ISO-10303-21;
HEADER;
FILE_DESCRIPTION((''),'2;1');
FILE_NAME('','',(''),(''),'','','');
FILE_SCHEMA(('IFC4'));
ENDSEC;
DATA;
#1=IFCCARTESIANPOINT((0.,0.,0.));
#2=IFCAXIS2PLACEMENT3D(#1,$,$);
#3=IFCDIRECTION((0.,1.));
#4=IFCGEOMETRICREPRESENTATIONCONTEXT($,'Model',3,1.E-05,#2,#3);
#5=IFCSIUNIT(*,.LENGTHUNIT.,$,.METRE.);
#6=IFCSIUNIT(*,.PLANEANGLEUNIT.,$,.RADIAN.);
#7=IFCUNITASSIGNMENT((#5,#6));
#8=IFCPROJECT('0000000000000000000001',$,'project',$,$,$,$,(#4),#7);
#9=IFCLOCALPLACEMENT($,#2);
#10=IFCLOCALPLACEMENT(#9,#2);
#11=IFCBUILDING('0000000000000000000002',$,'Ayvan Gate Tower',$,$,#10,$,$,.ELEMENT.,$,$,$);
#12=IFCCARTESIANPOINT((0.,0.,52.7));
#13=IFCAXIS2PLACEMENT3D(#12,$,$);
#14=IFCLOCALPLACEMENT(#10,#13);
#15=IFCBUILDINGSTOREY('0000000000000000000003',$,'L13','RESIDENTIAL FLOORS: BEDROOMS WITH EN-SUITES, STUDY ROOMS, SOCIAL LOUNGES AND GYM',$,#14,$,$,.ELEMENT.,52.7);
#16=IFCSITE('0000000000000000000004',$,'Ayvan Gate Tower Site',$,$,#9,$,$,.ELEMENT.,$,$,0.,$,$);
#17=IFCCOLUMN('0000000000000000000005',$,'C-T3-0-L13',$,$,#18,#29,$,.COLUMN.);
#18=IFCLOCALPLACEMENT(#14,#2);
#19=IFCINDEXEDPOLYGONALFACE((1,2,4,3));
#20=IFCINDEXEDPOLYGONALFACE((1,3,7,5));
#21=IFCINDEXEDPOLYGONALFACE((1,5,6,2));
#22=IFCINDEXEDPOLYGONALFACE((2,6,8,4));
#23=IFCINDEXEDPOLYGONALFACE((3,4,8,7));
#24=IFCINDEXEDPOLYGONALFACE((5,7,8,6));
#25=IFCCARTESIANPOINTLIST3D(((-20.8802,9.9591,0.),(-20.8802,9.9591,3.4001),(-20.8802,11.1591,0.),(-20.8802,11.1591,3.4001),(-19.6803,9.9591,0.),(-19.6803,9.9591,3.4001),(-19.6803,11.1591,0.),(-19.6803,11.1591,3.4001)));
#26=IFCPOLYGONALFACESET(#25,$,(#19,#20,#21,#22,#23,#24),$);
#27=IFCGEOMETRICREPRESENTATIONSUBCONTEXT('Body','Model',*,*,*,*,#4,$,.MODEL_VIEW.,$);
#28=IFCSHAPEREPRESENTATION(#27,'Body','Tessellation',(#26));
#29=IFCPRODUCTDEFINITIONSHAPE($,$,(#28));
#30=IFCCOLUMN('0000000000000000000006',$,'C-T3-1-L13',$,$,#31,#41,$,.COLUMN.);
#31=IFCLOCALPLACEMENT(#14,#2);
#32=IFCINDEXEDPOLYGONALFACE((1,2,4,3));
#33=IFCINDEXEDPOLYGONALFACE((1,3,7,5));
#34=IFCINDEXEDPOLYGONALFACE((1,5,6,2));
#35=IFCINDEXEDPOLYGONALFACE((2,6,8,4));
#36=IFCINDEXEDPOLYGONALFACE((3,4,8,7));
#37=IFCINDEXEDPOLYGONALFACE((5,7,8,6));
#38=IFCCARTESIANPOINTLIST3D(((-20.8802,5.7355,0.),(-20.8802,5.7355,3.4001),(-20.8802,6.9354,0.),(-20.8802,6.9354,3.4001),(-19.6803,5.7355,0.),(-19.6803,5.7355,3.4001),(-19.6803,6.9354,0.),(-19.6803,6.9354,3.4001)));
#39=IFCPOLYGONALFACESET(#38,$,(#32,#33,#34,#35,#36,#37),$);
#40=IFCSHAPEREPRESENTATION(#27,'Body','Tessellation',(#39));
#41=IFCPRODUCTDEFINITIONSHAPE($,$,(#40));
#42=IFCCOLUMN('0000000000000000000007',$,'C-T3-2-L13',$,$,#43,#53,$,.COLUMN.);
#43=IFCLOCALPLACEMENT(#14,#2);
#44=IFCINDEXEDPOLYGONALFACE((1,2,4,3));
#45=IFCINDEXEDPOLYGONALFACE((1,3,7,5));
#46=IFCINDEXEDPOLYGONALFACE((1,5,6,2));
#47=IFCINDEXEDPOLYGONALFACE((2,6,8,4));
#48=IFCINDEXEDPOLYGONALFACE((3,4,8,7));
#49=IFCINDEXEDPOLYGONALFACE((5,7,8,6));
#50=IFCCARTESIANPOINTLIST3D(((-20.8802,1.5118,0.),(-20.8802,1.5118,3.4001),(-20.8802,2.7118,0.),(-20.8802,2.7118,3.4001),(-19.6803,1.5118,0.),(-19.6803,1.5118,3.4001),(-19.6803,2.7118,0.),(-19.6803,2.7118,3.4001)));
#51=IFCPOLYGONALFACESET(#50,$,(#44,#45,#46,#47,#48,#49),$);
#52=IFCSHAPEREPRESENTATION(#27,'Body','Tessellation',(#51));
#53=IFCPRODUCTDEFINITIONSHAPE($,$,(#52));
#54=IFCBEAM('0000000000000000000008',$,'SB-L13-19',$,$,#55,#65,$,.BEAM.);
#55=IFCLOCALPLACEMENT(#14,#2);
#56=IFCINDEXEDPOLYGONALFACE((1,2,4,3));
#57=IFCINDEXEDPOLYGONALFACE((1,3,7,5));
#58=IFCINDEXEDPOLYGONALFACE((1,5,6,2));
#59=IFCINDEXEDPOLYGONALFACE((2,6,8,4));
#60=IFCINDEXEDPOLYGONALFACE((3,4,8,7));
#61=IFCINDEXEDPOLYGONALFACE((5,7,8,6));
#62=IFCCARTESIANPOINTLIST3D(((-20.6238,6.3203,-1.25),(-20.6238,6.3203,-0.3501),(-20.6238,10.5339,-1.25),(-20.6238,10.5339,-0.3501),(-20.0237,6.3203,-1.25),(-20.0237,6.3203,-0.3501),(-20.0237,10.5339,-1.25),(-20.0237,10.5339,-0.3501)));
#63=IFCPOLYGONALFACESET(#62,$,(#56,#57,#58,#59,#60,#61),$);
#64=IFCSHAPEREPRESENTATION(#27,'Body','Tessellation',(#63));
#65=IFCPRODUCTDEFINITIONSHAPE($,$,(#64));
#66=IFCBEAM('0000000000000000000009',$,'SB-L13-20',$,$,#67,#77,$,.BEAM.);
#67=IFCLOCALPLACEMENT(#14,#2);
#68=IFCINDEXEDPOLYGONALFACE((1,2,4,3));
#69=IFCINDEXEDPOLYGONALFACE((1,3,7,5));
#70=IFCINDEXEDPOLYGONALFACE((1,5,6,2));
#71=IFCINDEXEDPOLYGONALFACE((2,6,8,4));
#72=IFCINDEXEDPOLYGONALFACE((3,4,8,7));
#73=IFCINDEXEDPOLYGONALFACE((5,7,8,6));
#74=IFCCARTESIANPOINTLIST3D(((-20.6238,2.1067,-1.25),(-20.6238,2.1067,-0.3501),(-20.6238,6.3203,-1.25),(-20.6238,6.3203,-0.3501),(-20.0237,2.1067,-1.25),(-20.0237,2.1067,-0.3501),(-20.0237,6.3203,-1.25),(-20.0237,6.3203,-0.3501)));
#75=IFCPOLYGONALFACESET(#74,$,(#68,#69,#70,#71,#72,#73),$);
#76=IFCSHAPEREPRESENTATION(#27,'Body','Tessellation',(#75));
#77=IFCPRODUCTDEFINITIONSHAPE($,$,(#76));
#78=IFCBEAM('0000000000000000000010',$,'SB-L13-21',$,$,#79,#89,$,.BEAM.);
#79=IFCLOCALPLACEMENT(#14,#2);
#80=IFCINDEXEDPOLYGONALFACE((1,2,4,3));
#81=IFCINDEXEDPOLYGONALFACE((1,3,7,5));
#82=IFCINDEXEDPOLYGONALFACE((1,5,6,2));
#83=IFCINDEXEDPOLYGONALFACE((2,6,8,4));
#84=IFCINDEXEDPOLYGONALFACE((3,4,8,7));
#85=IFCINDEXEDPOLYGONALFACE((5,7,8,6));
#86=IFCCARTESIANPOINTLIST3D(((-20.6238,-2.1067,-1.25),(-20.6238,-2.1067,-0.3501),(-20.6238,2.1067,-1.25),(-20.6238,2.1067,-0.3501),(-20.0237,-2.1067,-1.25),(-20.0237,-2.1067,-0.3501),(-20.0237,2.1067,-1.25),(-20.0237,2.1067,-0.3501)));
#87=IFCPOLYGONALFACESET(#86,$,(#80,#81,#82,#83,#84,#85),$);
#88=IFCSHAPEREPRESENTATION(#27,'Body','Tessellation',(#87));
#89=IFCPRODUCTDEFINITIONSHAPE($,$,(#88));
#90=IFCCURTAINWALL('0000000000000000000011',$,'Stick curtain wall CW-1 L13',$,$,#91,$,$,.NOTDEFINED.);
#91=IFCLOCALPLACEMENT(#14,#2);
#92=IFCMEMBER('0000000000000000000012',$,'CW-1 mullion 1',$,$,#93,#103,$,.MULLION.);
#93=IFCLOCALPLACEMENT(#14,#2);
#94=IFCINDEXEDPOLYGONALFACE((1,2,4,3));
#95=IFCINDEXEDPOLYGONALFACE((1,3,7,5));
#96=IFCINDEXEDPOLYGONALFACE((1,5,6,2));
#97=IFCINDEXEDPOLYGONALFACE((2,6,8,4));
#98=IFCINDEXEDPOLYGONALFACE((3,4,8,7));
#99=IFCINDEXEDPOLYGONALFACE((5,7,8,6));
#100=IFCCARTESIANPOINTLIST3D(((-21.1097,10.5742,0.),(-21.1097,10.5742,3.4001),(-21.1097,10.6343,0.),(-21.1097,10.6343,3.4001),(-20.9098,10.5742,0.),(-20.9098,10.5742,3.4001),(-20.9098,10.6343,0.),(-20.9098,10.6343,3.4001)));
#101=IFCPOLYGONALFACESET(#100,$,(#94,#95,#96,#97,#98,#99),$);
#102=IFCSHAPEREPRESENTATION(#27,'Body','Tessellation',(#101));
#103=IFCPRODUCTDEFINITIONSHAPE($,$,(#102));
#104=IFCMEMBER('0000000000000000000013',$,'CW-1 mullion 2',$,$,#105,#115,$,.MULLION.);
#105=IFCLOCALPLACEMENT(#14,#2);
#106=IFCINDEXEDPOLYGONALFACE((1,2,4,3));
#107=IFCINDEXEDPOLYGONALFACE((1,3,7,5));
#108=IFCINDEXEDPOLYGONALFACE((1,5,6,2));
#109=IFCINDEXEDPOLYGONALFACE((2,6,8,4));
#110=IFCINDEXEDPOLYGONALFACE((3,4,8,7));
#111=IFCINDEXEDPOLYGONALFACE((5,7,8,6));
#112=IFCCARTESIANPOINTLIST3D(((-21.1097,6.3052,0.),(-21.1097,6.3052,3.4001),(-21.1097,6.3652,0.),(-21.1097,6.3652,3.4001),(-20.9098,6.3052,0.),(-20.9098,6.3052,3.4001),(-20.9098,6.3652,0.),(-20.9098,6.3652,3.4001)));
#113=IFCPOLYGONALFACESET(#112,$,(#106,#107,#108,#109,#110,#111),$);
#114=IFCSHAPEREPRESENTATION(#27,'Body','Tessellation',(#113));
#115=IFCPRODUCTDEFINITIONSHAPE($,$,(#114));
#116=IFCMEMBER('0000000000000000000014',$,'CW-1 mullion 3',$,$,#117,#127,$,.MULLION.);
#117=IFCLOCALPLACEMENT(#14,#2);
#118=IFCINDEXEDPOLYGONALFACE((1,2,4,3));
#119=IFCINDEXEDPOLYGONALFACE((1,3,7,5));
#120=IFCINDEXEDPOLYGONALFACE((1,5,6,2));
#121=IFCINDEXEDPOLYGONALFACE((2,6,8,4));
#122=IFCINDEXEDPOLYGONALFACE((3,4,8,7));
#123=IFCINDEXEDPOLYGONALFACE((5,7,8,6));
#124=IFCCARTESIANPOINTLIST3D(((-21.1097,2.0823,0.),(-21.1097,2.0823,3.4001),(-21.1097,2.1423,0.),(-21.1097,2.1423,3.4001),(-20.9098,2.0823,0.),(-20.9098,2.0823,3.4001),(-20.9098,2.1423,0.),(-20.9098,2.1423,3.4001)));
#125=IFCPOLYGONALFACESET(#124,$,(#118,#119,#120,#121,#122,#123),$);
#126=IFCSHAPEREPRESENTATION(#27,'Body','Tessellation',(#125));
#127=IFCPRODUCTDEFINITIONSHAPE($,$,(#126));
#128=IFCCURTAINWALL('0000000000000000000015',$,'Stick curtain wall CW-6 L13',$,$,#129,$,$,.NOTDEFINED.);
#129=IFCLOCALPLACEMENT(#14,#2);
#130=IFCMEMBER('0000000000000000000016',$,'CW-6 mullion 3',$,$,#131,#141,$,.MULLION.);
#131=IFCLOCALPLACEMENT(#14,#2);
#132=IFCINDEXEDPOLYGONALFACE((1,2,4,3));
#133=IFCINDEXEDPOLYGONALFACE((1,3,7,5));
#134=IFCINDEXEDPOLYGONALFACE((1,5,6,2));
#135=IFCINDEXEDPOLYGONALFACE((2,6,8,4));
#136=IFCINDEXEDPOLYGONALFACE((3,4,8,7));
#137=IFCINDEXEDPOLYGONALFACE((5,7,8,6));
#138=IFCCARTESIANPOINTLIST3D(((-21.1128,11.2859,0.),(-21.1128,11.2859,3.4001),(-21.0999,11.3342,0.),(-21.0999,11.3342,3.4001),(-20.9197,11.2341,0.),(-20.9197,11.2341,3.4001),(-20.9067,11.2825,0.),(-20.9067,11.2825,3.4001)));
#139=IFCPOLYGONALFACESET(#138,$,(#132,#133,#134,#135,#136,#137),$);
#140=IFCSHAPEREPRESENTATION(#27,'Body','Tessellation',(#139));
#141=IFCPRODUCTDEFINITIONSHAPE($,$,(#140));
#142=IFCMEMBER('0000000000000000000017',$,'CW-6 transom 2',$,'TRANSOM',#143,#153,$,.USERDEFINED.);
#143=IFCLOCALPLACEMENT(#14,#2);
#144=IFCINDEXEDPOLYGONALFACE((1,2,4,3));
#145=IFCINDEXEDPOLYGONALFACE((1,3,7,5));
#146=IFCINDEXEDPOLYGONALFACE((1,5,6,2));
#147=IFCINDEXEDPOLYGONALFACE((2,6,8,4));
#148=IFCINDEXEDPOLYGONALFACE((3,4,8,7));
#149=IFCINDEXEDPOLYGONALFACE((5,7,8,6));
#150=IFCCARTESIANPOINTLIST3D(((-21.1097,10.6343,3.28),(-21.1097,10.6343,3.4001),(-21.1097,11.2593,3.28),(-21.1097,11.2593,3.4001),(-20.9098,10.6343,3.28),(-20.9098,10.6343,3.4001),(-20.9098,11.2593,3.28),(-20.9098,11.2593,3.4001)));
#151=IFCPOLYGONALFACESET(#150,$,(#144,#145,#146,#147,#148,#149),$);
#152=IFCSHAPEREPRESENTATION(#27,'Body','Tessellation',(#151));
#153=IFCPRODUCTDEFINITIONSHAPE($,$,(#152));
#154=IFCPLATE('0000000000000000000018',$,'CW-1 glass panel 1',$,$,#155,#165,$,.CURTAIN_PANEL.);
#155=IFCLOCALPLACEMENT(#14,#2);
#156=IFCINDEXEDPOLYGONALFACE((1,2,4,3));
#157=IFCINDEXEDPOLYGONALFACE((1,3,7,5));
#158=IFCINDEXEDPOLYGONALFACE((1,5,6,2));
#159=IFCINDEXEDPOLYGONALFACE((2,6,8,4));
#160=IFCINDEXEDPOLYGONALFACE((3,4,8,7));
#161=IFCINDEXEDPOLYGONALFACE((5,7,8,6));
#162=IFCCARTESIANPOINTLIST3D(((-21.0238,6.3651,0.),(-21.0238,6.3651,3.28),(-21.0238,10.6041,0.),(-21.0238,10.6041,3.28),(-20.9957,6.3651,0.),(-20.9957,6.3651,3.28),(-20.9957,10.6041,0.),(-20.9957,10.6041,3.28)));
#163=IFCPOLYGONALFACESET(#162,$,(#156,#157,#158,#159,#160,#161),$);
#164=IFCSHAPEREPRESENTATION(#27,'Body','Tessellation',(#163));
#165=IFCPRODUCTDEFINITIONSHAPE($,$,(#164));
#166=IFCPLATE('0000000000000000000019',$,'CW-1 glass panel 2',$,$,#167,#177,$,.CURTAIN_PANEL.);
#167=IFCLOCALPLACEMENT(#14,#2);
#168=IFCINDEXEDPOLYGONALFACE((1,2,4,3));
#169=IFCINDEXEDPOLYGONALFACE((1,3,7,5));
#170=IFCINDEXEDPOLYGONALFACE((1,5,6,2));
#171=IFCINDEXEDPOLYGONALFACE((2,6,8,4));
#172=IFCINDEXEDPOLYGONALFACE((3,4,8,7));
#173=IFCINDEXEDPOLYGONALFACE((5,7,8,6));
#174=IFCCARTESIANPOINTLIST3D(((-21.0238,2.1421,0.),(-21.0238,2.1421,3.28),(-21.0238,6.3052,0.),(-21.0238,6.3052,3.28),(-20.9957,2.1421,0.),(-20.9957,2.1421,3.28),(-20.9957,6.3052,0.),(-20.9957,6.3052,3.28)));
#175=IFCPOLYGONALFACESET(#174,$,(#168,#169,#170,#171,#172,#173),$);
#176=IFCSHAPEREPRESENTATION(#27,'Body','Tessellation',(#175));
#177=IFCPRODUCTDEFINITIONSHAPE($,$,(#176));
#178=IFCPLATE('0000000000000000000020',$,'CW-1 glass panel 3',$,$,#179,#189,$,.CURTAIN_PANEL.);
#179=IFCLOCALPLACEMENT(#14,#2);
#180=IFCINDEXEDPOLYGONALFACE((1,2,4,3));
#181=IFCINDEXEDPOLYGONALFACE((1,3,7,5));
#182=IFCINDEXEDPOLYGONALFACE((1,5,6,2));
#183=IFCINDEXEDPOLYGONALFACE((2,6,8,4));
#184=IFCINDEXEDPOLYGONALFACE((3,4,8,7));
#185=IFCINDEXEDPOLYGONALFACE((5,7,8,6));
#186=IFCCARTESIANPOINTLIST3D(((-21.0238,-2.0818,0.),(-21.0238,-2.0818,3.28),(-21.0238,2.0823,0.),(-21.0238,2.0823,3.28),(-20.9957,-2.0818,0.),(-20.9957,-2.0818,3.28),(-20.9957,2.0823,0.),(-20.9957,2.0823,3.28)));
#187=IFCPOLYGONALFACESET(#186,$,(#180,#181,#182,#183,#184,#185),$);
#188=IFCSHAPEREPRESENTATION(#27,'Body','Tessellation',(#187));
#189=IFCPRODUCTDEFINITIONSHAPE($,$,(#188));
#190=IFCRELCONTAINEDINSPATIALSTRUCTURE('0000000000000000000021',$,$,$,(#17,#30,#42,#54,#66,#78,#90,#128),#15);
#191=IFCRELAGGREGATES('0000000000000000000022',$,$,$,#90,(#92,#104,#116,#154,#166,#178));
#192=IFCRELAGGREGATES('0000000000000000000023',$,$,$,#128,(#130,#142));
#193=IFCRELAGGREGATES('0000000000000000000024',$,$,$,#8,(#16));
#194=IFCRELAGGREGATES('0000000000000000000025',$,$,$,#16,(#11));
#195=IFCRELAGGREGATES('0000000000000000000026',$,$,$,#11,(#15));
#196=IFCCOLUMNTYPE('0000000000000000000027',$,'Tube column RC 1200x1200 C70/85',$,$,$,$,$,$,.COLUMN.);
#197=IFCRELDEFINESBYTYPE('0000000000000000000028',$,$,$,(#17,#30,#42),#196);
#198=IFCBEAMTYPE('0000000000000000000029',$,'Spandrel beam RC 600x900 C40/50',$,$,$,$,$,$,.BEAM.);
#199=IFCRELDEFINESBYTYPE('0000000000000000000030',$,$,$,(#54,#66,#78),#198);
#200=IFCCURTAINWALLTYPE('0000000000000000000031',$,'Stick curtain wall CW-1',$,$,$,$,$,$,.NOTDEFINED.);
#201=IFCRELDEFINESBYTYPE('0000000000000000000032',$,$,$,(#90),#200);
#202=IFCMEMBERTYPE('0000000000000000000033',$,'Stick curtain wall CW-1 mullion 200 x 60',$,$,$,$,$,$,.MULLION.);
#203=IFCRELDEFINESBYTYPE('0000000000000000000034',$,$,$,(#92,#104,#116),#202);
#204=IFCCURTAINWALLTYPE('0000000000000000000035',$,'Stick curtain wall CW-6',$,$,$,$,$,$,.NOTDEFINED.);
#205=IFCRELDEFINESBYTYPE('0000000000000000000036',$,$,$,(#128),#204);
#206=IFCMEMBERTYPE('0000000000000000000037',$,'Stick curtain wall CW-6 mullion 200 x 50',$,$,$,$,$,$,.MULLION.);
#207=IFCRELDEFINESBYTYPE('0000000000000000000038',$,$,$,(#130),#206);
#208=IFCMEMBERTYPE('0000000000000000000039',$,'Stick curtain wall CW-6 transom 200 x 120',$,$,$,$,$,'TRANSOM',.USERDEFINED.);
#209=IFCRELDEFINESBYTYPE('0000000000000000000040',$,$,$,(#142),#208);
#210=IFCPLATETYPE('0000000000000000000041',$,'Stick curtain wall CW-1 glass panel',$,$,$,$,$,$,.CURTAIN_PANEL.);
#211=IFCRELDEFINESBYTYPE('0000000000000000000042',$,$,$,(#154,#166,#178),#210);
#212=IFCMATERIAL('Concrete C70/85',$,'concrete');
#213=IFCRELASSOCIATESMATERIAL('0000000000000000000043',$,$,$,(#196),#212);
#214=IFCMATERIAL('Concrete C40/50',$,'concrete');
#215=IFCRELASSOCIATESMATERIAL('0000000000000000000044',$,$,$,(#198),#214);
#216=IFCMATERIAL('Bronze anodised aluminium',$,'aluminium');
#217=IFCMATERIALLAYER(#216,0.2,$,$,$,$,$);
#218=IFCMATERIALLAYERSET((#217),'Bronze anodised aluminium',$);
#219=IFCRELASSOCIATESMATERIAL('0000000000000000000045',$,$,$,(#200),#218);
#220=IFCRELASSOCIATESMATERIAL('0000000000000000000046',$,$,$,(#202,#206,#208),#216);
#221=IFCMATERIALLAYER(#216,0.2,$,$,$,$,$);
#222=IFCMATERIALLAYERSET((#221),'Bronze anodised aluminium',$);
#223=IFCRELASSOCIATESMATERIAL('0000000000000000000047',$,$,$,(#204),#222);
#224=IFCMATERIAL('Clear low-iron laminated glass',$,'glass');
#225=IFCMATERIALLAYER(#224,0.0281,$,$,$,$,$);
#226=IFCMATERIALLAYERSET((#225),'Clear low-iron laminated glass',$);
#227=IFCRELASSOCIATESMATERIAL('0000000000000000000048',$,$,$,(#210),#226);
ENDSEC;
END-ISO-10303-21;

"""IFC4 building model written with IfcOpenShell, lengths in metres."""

from ifc_helpers import new_model, si_unit, direction, frame, origin, origin_2d, place, context, subcontext, project, spatial, rectangle, extrude, material, layer, layer_set, material_profile, profile_set, type_object, element, aggregate, save


model = new_model("IFC4")

# Units and contexts
model_context = context("Model", 3, precision=1e-05, world=origin(), true_north=direction((0.0, 1.0)))
body_context = subcontext(model_context, "Body", "Model", "MODEL_VIEW")
ifc_project = project(units=[si_unit("LENGTHUNIT", "METRE"), si_unit("PLANEANGLEUNIT", "RADIAN")], contexts=[model_context])

# Site, building, storey
site_placement = place(None, origin())
site = spatial("IfcSite", under=ifc_project, at=site_placement, Name="Ayvan Gate Tower Site", CompositionType="ELEMENT", RefElevation=0.0)
building_placement = place(site_placement, origin())
building = spatial("IfcBuilding", under=site, at=building_placement, Name="Ayvan Gate Tower", CompositionType="ELEMENT")
storey_placement = place(building_placement, frame((0.0, 0.0, 52.7)))
storey = spatial("IfcBuildingStorey", under=building, at=storey_placement, Name="L13", Description="RESIDENTIAL FLOORS: BEDROOMS WITH EN-SUITES, STUDY ROOMS, SOCIAL LOUNGES AND GYM", CompositionType="ELEMENT", Elevation=52.7)

# Columns
ifc_material_1 = material(Name="Concrete C70/85", Category="concrete")
ifc_material_profile_1 = material_profile(ifc_material_1, rectangle(XDim=1.2, YDim=1.2, at=origin_2d()), Name="RC 1200x1200")
ifc_profile_set_1 = profile_set([ifc_material_profile_1], Name="Concrete C70/85")
column_type = type_object("IfcColumnType", Name="Tube column RC 1200x1200 C70/85", PredefinedType="COLUMN", material=ifc_profile_set_1)
for number, where, z_axis, x_axis, name in (
    (1, (-20.2803, 10.5591, 0.0), (0.0, 0.0, 1.0), (-1.0, 0.0, 0.0), "C-T3-0-L13"),
    (2, (-20.2803, 6.3354, 0.0), (0.0, 0.0, 1.0), (-1.0, 0.0, 0.0), "C-T3-1-L13"),
    (3, (-20.2803, 2.1118, 0.0), (0.0, 0.0, 1.0), (-1.0, 0.0, 0.0), "C-T3-2-L13"),
):
    element("IfcColumn", number, at=place(storey_placement, frame(where, z_axis=z_axis, x_axis=x_axis)), inside=storey, type_object=column_type, Name=name, PredefinedType="COLUMN", context=body_context, shape_type="SweptSolid", body=[
        extrude(rectangle(XDim=1.2, YDim=1.2, at=origin_2d()), origin(), (0.0, 0.0, 1.0), 3.4001),
    ])

# Beams
ifc_material_2 = material(Name="Concrete C40/50", Category="concrete")
ifc_material_profile_2 = material_profile(ifc_material_2, rectangle(XDim=0.6001, YDim=0.8999, at=origin_2d()), Name="RC 600x900")
ifc_profile_set_2 = profile_set([ifc_material_profile_2], Name="Concrete C40/50")
beam_type = type_object("IfcBeamType", Name="Spandrel beam RC 600x900 C40/50", PredefinedType="BEAM", material=ifc_profile_set_2)
for number, where, z_axis, x_axis, name in (
    (4, (-20.3237, 10.5339, -0.8), (0.0, -1.0, 0.0), (1.0, 0.0, 0.0), "SB-L13-19"),
    (5, (-20.3237, 6.3203, -0.8), (0.0, -1.0, 0.0), (1.0, 0.0, 0.0), "SB-L13-20"),
):
    element("IfcBeam", number, at=place(storey_placement, frame(where, z_axis=z_axis, x_axis=x_axis)), inside=storey, type_object=beam_type, Name=name, PredefinedType="BEAM", context=body_context, shape_type="SweptSolid", body=[
        extrude(rectangle(XDim=0.6001, YDim=0.8999, at=origin_2d()), origin(), (0.0, 0.0, 1.0), 4.2136),
    ])
beam_placement = place(storey_placement, frame((-20.3237, 2.1067, -0.8), z_axis=(0.0, -1.0, 0.0), x_axis=(1.0, 0.0, 0.0)))
element("IfcBeam", 6, at=beam_placement, inside=storey, type_object=beam_type, Name="SB-L13-21", PredefinedType="BEAM", context=body_context, shape_type="SweptSolid", body=[
    extrude(rectangle(XDim=0.6001, YDim=0.8999, at=origin_2d()), origin(), (0.0, 0.0, 1.0), 4.2134),
])

# Curtain walls, members
ifc_material_3 = material(Name="Bronze anodised aluminium", Category="aluminium")
ifc_layer_1 = layer(ifc_material_3, 0.2)
ifc_layer_set_1 = layer_set([ifc_layer_1], Name="Bronze anodised aluminium")
curtain_wall_type_1 = type_object("IfcCurtainWallType", Name="Stick curtain wall CW-1", PredefinedType="NOTDEFINED", material=ifc_layer_set_1)
curtain_wall_1_placement = place(storey_placement, origin())
curtain_wall_1 = element("IfcCurtainWall", 7, at=curtain_wall_1_placement, inside=storey, type_object=curtain_wall_type_1, Name="Stick curtain wall CW-1 L13", PredefinedType="NOTDEFINED")
ifc_material_profile_3 = material_profile(ifc_material_3, rectangle(XDim=0.2, YDim=0.0601, at=origin_2d()), Name="Stick curtain wall CW-1 mullion 200 x 60")
ifc_profile_set_3 = profile_set([ifc_material_profile_3], Name="Bronze anodised aluminium")
member_type_1 = type_object("IfcMemberType", Name="Stick curtain wall CW-1 mullion 200 x 60", PredefinedType="MULLION", material=ifc_profile_set_3)
member_1_placement = place(storey_placement, frame((-21.0098, 10.6042, 0.0), z_axis=(0.0, 0.0, 1.0), x_axis=(-1.0, 0.0, 0.0)))
member_1 = element("IfcMember", 8, at=member_1_placement, type_object=member_type_1, Name="CW-1 mullion 1", PredefinedType="MULLION", context=body_context, shape_type="SweptSolid", body=[
    extrude(rectangle(XDim=0.2, YDim=0.0601, at=origin_2d()), origin(), (0.0, 0.0, 1.0), 3.4001),
])
member_2_placement = place(storey_placement, frame((-21.0098, 6.3352, 0.0), z_axis=(0.0, 0.0, 1.0), x_axis=(-1.0, 0.0, 0.0)))
member_2 = element("IfcMember", 9, at=member_2_placement, type_object=member_type_1, Name="CW-1 mullion 2", PredefinedType="MULLION", context=body_context, shape_type="SweptSolid", body=[
    extrude(rectangle(XDim=0.2, YDim=0.0601, at=origin_2d()), origin(), (0.0, 0.0, 1.0), 3.4001),
])
member_3_placement = place(storey_placement, frame((-21.0098, 2.1123, 0.0), z_axis=(0.0, 0.0, 1.0), x_axis=(-1.0, 0.0, 0.0)))
member_3 = element("IfcMember", 10, at=member_3_placement, type_object=member_type_1, Name="CW-1 mullion 3", PredefinedType="MULLION", context=body_context, shape_type="SweptSolid", body=[
    extrude(rectangle(XDim=0.2, YDim=0.0601, at=origin_2d()), origin(), (0.0, 0.0, 1.0), 3.4001),
])
ifc_layer_2 = layer(ifc_material_3, 0.2)
ifc_layer_set_2 = layer_set([ifc_layer_2], Name="Bronze anodised aluminium")
curtain_wall_type_2 = type_object("IfcCurtainWallType", Name="Stick curtain wall CW-6", PredefinedType="NOTDEFINED", material=ifc_layer_set_2)
curtain_wall_2_placement = place(storey_placement, origin())
curtain_wall_2 = element("IfcCurtainWall", 11, at=curtain_wall_2_placement, inside=storey, type_object=curtain_wall_type_2, Name="Stick curtain wall CW-6 L13", PredefinedType="NOTDEFINED")
ifc_material_profile_4 = material_profile(ifc_material_3, rectangle(XDim=0.2, YDim=0.05, at=origin_2d()), Name="Stick curtain wall CW-6 mullion 200 x 50")
ifc_profile_set_4 = profile_set([ifc_material_profile_4], Name="Bronze anodised aluminium")
member_type_2 = type_object("IfcMemberType", Name="Stick curtain wall CW-6 mullion 200 x 50", PredefinedType="MULLION", material=ifc_profile_set_4)
member_4_placement = place(storey_placement, frame((-21.0098, 11.2842, 0.0), z_axis=(0.0, 0.0, 1.0), x_axis=(-0.965926, 0.258819, 0.0)))
member_4 = element("IfcMember", 12, at=member_4_placement, type_object=member_type_2, Name="CW-6 mullion 3", PredefinedType="MULLION", context=body_context, shape_type="SweptSolid", body=[
    extrude(rectangle(XDim=0.2, YDim=0.05, at=origin_2d()), origin(), (0.0, 0.0, 1.0), 3.4001),
])
ifc_material_profile_5 = material_profile(ifc_material_3, rectangle(XDim=0.2, YDim=0.1201, at=origin_2d()), Name="Stick curtain wall CW-6 transom 200 x 120")
ifc_profile_set_5 = profile_set([ifc_material_profile_5], Name="Bronze anodised aluminium")
member_type_3 = type_object("IfcMemberType", Name="Stick curtain wall CW-6 transom 200 x 120", ElementType="TRANSOM", PredefinedType="USERDEFINED", material=ifc_profile_set_5)
member_5_placement = place(storey_placement, frame((-21.0098, 11.2593, 3.3401), z_axis=(0.0, -1.0, 0.0), x_axis=(1.0, 0.0, 0.0)))
member_5 = element("IfcMember", 13, at=member_5_placement, type_object=member_type_3, Name="CW-6 transom 2", ObjectType="TRANSOM", PredefinedType="USERDEFINED", context=body_context, shape_type="SweptSolid", body=[
    extrude(rectangle(XDim=0.2, YDim=0.1201, at=origin_2d()), origin(), (0.0, 0.0, 1.0), 0.625),
])

# Plates
ifc_material_4 = material(Name="Clear low-iron laminated glass", Category="glass")
ifc_layer_3 = layer(ifc_material_4, 0.0281)
ifc_layer_set_3 = layer_set([ifc_layer_3], Name="Clear low-iron laminated glass")
plate_type_1 = type_object("IfcPlateType", Name="Stick curtain wall CW-1 glass panel", PredefinedType="CURTAIN_PANEL", material=ifc_layer_set_3)
plate_1_placement = place(storey_placement, frame((-21.0098, 8.4846, 0.0), z_axis=(0.0, 0.0, 1.0), x_axis=(0.0, -1.0, 0.0)))
plate_1 = element("IfcPlate", 14, at=plate_1_placement, type_object=plate_type_1, Name="CW-1 glass panel 1", PredefinedType="CURTAIN_PANEL", context=body_context, shape_type="SweptSolid", body=[
    extrude(rectangle(XDim=4.239, YDim=0.0281, at=origin_2d()), origin(), (0.0, 0.0, 1.0), 3.28),
])
plate_2_placement = place(storey_placement, frame((-21.0098, 4.2236, 0.0), z_axis=(0.0, 0.0, 1.0), x_axis=(0.0, -1.0, 0.0)))
plate_2 = element("IfcPlate", 15, at=plate_2_placement, type_object=plate_type_1, Name="CW-1 glass panel 2", PredefinedType="CURTAIN_PANEL", context=body_context, shape_type="SweptSolid", body=[
    extrude(rectangle(XDim=4.1631, YDim=0.0281, at=origin_2d()), origin(), (0.0, 0.0, 1.0), 3.28),
])
plate_3_placement = place(storey_placement, frame((-21.0098, 0.0002, 0.0), z_axis=(0.0, 0.0, 1.0), x_axis=(0.0, -1.0, 0.0)))
plate_3 = element("IfcPlate", 16, at=plate_3_placement, type_object=plate_type_1, Name="CW-1 glass panel 3", PredefinedType="CURTAIN_PANEL", context=body_context, shape_type="SweptSolid", body=[
    extrude(rectangle(XDim=4.1641, YDim=0.0281, at=origin_2d()), origin(), (0.0, 0.0, 1.0), 3.28),
])
aggregate(curtain_wall_1, [member_1, member_2, member_3, plate_1, plate_2, plate_3])
aggregate(curtain_wall_2, [member_4, member_5])

save(model, "model.ifc")
